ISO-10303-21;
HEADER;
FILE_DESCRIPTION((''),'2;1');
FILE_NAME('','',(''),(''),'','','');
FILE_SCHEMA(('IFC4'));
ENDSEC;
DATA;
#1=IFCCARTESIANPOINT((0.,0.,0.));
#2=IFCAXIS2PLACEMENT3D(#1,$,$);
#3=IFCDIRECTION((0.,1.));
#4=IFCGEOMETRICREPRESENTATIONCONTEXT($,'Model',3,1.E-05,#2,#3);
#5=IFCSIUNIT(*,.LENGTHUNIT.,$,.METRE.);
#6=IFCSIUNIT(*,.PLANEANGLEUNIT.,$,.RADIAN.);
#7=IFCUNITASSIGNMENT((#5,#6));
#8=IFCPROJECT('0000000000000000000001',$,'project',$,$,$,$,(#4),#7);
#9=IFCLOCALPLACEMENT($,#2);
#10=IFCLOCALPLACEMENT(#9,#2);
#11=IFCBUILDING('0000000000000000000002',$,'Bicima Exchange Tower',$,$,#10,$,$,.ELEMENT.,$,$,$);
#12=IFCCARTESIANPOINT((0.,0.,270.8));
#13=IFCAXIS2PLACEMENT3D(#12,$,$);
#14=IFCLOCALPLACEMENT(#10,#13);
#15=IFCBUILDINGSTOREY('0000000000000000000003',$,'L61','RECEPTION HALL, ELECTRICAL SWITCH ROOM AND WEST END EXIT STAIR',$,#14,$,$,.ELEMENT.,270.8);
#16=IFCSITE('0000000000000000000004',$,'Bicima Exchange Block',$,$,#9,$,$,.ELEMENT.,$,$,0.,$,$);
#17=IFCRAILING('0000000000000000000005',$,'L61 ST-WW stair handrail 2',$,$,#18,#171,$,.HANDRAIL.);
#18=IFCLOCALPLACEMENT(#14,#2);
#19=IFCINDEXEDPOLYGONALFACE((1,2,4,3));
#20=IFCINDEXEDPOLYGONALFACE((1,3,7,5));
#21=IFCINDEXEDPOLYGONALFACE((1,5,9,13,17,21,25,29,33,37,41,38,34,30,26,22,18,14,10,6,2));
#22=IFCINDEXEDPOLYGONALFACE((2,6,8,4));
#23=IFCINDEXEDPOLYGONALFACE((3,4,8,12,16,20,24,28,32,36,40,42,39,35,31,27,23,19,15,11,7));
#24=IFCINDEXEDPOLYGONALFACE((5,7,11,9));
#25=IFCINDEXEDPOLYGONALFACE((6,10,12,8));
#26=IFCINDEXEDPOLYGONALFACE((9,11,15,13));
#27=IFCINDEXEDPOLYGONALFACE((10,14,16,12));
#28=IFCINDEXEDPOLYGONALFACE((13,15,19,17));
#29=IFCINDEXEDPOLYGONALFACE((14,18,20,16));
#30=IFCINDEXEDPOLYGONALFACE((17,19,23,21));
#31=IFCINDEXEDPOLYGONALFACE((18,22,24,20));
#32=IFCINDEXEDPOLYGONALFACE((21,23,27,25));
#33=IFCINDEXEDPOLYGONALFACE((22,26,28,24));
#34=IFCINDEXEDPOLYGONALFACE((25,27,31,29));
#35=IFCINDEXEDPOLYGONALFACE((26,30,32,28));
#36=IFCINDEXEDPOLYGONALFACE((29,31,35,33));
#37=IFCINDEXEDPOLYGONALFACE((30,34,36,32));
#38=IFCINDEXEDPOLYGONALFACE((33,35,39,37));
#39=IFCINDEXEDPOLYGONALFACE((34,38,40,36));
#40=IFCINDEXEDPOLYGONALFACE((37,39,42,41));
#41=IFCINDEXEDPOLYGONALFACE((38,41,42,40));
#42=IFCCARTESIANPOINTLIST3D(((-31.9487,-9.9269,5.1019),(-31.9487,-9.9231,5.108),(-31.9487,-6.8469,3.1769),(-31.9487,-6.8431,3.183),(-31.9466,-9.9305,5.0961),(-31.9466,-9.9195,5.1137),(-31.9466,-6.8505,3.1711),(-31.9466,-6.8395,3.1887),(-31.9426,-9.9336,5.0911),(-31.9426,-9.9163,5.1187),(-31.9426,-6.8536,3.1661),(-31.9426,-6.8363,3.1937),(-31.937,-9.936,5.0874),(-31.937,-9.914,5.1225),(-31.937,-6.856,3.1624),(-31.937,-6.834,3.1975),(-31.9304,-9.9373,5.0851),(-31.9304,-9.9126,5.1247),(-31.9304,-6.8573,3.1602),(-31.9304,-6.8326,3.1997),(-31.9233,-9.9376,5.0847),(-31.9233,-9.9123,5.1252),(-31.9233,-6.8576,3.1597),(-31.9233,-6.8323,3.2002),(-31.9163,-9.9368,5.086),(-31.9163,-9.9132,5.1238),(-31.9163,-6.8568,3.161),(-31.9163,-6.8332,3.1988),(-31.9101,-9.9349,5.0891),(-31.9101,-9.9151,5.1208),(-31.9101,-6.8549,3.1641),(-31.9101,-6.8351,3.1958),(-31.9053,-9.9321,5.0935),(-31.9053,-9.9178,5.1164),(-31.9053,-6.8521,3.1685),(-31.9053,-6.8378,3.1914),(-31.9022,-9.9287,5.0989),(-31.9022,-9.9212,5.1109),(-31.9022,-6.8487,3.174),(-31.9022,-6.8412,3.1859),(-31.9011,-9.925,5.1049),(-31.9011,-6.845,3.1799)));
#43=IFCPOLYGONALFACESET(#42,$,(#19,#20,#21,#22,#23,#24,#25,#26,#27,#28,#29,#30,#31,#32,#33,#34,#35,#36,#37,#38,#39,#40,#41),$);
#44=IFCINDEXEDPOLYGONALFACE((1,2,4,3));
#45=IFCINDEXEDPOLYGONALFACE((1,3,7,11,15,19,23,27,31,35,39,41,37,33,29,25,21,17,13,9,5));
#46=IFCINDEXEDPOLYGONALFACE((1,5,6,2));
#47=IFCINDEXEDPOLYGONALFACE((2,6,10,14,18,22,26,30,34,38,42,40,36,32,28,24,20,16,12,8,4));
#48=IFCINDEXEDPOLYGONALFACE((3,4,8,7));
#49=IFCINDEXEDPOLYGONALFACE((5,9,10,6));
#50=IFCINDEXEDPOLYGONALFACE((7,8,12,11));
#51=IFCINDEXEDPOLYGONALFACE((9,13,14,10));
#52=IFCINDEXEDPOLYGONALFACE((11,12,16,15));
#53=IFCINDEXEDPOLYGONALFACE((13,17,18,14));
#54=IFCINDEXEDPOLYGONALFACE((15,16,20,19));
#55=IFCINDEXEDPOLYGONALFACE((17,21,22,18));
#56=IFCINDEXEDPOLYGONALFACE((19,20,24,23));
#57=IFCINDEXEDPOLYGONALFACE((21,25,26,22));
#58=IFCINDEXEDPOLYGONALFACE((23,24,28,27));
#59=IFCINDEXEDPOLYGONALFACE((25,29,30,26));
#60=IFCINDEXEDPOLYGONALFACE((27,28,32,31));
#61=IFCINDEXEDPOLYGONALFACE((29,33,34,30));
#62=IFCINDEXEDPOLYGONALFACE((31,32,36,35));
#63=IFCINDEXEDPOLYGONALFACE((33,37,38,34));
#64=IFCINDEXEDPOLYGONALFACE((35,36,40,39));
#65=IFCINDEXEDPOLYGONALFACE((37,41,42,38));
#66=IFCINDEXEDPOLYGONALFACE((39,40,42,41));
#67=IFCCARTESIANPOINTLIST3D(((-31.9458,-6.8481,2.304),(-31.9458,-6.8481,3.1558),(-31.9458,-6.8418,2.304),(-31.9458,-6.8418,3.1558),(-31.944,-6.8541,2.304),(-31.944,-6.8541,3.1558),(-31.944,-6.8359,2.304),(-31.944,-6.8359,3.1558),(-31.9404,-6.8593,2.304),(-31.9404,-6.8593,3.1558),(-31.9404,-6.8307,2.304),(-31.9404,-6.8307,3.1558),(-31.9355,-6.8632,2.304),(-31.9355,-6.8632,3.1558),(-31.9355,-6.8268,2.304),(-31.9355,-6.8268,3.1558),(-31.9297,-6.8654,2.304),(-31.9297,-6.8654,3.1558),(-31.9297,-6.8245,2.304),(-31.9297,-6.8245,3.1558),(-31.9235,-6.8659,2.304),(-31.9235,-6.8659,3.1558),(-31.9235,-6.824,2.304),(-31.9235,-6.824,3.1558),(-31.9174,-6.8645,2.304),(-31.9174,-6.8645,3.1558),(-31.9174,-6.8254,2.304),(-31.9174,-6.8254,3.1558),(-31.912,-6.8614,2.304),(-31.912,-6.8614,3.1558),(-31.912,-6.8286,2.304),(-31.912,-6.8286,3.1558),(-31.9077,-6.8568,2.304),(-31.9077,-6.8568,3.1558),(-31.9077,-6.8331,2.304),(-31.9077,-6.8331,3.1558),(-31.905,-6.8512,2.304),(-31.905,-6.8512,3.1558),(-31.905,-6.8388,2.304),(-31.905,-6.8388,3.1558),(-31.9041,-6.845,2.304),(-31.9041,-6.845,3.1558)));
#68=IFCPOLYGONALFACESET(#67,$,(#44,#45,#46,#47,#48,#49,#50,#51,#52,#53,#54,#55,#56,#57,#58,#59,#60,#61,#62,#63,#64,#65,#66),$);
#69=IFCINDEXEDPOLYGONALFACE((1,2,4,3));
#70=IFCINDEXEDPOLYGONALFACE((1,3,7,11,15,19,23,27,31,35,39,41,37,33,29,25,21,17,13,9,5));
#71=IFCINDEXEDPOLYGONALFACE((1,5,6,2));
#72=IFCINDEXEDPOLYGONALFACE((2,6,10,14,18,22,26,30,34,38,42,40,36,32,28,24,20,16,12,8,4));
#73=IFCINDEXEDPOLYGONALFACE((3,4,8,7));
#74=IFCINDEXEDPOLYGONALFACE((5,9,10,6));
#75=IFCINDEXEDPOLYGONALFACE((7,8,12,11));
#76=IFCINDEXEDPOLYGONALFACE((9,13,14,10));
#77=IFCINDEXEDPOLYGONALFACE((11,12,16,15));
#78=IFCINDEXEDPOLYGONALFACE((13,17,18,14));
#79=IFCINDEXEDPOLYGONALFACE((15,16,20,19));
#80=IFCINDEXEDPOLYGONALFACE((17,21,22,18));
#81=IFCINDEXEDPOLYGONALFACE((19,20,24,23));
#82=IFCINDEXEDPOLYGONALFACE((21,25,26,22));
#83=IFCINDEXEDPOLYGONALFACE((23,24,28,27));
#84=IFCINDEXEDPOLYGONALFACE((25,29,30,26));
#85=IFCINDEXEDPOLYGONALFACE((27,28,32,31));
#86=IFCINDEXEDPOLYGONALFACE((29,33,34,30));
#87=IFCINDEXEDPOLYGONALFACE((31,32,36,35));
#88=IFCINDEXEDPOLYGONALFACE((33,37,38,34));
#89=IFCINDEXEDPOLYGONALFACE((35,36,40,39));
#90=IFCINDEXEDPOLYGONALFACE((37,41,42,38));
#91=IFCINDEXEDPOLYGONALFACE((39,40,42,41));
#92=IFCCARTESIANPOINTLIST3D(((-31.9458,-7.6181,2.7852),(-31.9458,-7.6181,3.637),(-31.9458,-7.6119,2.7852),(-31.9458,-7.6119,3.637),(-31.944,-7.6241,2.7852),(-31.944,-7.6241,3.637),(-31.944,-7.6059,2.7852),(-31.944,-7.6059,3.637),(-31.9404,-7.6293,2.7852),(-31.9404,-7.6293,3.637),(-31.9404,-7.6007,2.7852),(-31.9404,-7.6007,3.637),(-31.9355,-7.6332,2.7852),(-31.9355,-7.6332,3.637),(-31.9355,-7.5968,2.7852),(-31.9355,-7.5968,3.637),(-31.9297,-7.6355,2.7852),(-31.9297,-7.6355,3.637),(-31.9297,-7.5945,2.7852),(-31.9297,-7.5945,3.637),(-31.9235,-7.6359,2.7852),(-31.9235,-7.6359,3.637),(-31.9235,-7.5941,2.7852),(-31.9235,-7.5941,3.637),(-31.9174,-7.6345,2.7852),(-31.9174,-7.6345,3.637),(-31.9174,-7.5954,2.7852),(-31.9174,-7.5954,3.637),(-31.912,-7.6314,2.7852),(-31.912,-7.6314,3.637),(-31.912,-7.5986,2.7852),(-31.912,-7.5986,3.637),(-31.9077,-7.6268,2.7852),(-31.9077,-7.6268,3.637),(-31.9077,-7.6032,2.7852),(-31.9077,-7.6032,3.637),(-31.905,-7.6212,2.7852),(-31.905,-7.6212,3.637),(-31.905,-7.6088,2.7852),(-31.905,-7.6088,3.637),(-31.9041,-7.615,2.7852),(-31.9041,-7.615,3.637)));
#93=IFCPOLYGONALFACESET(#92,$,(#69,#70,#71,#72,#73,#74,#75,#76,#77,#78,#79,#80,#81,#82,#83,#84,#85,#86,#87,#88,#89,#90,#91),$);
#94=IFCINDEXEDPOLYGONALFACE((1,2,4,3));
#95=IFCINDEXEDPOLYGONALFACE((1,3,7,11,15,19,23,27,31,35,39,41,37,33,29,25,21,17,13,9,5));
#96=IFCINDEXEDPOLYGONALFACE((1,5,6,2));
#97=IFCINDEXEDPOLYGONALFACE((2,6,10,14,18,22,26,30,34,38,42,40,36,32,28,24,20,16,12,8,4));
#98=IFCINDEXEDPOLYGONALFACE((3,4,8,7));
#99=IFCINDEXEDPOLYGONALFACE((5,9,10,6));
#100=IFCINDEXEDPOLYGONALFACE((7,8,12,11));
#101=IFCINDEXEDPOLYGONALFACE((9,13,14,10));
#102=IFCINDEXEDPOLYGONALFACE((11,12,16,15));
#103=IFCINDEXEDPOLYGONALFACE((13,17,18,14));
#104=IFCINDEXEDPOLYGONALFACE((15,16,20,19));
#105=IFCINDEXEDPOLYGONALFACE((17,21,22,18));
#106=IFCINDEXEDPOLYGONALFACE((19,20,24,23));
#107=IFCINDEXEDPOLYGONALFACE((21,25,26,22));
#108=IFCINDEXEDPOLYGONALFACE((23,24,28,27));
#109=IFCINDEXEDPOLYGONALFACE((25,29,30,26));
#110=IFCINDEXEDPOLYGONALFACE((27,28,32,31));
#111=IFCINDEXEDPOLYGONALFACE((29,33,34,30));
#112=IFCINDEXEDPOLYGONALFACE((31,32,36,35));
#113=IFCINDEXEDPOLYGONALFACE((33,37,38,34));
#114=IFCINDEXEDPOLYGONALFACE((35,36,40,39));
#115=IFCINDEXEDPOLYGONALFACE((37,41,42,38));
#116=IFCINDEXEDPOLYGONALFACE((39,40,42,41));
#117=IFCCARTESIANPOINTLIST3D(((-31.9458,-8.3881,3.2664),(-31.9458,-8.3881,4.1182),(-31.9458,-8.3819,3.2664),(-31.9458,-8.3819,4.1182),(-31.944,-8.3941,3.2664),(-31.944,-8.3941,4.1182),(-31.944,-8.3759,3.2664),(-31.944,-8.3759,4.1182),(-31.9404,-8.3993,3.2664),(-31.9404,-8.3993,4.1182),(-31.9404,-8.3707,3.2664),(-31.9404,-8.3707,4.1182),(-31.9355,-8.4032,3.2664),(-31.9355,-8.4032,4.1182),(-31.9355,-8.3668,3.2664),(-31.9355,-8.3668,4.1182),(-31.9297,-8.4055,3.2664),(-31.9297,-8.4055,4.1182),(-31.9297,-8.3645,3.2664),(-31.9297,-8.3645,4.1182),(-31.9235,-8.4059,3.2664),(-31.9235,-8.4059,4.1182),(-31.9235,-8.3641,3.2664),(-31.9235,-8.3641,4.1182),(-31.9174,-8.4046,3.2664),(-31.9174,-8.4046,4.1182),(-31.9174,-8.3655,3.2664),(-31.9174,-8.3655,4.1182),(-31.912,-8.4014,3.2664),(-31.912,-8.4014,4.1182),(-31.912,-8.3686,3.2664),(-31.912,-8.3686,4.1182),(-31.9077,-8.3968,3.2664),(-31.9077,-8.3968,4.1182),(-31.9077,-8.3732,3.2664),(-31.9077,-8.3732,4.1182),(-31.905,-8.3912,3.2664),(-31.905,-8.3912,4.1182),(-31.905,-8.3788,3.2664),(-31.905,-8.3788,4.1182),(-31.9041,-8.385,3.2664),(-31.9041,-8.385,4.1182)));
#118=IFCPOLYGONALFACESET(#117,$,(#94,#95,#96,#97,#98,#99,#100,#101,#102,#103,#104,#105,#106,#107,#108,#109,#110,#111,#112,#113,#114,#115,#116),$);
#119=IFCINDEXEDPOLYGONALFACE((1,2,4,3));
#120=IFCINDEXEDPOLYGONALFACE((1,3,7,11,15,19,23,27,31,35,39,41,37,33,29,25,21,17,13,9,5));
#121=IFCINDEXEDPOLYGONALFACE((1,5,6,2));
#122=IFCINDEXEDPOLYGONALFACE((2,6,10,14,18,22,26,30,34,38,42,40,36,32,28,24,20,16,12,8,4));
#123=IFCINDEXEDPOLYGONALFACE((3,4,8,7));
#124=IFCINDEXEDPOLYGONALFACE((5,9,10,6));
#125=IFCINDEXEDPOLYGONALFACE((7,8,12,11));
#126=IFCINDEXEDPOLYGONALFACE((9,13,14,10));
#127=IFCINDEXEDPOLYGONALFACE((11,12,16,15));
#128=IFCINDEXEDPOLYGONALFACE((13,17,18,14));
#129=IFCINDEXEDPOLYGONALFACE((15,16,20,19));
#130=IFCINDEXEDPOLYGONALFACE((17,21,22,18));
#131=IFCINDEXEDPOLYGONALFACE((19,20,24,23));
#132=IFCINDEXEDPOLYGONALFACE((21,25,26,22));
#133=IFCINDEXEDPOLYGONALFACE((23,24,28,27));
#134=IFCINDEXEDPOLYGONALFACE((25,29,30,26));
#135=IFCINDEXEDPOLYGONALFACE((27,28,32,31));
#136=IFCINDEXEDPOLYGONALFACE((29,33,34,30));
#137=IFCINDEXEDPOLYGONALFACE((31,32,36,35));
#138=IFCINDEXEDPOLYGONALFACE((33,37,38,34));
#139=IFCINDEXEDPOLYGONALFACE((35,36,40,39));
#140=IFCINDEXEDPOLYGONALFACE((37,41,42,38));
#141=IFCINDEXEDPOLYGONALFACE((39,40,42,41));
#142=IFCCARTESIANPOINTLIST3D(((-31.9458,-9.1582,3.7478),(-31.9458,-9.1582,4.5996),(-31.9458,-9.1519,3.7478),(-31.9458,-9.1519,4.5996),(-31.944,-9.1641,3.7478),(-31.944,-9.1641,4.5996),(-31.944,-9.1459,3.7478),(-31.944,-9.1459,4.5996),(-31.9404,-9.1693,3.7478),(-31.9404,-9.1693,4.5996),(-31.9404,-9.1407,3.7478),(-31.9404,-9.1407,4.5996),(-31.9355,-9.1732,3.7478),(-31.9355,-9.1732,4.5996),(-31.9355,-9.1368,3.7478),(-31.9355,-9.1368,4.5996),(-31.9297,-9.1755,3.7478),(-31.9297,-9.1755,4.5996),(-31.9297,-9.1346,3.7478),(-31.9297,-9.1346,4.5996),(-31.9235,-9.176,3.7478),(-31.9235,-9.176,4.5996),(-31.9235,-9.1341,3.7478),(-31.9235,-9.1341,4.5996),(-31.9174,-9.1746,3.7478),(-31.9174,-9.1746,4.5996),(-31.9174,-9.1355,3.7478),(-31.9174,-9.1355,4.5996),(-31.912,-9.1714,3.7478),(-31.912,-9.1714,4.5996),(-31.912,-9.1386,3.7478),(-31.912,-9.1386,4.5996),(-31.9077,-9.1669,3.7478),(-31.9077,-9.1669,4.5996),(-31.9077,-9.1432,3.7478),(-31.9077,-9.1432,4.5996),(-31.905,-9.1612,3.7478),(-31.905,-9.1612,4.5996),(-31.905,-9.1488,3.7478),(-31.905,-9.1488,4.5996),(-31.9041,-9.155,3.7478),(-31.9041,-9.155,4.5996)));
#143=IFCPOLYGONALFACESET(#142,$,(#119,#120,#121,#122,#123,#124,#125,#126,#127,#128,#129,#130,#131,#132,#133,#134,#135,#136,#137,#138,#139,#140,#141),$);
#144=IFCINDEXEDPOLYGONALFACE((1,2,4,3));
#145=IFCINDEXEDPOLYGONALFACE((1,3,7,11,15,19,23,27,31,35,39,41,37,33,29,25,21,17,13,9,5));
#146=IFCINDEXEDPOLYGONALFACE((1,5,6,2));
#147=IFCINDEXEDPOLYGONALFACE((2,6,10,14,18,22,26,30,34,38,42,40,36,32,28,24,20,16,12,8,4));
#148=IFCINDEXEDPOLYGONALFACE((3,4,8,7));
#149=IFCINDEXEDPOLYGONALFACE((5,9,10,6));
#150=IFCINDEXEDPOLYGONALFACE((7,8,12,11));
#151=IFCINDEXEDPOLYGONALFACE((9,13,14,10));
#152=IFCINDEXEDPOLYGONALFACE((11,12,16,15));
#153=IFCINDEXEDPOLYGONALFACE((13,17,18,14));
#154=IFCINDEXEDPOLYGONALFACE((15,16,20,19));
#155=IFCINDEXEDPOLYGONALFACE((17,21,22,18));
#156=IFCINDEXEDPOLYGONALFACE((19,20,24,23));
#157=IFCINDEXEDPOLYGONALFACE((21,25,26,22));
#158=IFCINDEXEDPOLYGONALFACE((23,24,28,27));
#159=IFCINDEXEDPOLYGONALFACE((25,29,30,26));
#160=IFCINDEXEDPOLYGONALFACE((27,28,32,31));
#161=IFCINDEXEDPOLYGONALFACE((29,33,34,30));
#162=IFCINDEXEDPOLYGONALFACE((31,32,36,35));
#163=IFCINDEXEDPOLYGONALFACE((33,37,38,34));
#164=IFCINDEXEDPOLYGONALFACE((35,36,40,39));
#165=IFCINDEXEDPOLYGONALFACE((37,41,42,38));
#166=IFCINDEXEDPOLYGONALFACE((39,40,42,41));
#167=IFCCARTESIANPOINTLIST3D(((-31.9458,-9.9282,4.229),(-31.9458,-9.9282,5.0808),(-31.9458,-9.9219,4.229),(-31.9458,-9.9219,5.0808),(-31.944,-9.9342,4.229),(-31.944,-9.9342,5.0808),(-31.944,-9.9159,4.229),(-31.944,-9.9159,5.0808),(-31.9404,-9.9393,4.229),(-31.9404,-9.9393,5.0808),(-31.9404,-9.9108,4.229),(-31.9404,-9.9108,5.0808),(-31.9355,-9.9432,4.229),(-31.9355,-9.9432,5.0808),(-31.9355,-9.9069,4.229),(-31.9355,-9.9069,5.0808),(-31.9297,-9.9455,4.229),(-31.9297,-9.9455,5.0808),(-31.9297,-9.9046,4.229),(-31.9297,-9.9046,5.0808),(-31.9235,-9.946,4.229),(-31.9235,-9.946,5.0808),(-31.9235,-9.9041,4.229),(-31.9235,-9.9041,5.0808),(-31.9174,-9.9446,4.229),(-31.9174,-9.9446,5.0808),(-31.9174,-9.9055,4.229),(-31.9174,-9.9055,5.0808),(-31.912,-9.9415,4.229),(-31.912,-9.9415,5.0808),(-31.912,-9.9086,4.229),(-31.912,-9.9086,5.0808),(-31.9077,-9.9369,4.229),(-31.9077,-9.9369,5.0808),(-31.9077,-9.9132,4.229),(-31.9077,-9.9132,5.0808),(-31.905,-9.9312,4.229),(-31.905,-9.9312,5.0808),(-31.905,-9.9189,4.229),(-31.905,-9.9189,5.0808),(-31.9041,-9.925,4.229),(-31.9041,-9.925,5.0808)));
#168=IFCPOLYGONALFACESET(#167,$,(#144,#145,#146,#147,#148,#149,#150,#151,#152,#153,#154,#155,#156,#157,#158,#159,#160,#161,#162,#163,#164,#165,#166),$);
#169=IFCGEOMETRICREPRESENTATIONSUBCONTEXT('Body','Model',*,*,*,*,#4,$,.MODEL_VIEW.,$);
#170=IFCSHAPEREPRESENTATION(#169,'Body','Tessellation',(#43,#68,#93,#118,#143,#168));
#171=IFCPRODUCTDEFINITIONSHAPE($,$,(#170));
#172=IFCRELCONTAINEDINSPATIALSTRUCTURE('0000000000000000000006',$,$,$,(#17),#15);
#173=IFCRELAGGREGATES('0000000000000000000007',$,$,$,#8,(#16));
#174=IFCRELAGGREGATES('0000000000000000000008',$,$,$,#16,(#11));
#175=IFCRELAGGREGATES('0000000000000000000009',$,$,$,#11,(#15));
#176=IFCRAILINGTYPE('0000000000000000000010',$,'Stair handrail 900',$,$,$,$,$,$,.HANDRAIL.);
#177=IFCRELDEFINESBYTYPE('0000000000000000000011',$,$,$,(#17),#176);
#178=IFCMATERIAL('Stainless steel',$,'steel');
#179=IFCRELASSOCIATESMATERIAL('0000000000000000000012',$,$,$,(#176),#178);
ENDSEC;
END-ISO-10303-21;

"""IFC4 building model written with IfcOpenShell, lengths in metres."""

from ifc_helpers import new_model, si_unit, direction, frame, origin, origin_2d, place, context, subcontext, project, spatial, circle, extrude, material, type_object, element, save


model = new_model("IFC4")

# Units and contexts
model_context = context("Model", 3, precision=1e-05, world=origin(), true_north=direction((0.0, 1.0)))
body_context = subcontext(model_context, "Body", "Model", "MODEL_VIEW")
ifc_project = project(units=[si_unit("LENGTHUNIT", "METRE"), si_unit("PLANEANGLEUNIT", "RADIAN")], contexts=[model_context])

# Site, building, storey
site_placement = place(None, origin())
site = spatial("IfcSite", under=ifc_project, at=site_placement, Name="Bicima Exchange Block", CompositionType="ELEMENT", RefElevation=0.0)
building_placement = place(site_placement, origin())
building = spatial("IfcBuilding", under=site, at=building_placement, Name="Bicima Exchange Tower", CompositionType="ELEMENT")
storey_placement = place(building_placement, frame((0.0, 0.0, 270.8)))
storey = spatial("IfcBuildingStorey", under=building, at=storey_placement, Name="L61", Description="RECEPTION HALL, ELECTRICAL SWITCH ROOM AND WEST END EXIT STAIR", CompositionType="ELEMENT", Elevation=270.8)

# Railing
ifc_material_1 = material(Name="Stainless steel", Category="steel")
railing_type_1 = type_object("IfcRailingType", Name="Stair handrail 900", PredefinedType="HANDRAIL", material=ifc_material_1)
railing_1_placement = place(storey_placement, frame((-31.925, -6.845, 2.304)))
element("IfcRailing", 1, at=railing_1_placement, inside=storey, type_object=railing_type_1, Name="L61 ST-WW stair handrail 2", PredefinedType="HANDRAIL", context=body_context, shape_type="SweptSolid", body=[
    extrude(circle(Radius=0.0239, at=origin_2d()), frame((0.0, 0.0, 0.876), z_axis=(0.0, -0.847998, 0.529999), x_axis=(1.0, 0.0, 0.0)), (0.0, 0.0, 1.0), 3.6321),
    extrude(circle(Radius=0.021, at=origin_2d()), origin(), (0.0, 0.0, 1.0), 0.8518),
    extrude(circle(Radius=0.021, at=origin_2d()), frame((0.0, -0.77, 0.4812)), (0.0, 0.0, 1.0), 0.8518),
    extrude(circle(Radius=0.021, at=origin_2d()), frame((0.0, -1.54, 0.9624)), (0.0, 0.0, 1.0), 0.8518),
    extrude(circle(Radius=0.021, at=origin_2d()), frame((0.0, -2.3101, 1.4438)), (0.0, 0.0, 1.0), 0.8518),
    extrude(circle(Radius=0.021, at=origin_2d()), frame((0.0, -3.0801, 1.925)), (0.0, 0.0, 1.0), 0.8518),
])

save(model, "model.ifc")
